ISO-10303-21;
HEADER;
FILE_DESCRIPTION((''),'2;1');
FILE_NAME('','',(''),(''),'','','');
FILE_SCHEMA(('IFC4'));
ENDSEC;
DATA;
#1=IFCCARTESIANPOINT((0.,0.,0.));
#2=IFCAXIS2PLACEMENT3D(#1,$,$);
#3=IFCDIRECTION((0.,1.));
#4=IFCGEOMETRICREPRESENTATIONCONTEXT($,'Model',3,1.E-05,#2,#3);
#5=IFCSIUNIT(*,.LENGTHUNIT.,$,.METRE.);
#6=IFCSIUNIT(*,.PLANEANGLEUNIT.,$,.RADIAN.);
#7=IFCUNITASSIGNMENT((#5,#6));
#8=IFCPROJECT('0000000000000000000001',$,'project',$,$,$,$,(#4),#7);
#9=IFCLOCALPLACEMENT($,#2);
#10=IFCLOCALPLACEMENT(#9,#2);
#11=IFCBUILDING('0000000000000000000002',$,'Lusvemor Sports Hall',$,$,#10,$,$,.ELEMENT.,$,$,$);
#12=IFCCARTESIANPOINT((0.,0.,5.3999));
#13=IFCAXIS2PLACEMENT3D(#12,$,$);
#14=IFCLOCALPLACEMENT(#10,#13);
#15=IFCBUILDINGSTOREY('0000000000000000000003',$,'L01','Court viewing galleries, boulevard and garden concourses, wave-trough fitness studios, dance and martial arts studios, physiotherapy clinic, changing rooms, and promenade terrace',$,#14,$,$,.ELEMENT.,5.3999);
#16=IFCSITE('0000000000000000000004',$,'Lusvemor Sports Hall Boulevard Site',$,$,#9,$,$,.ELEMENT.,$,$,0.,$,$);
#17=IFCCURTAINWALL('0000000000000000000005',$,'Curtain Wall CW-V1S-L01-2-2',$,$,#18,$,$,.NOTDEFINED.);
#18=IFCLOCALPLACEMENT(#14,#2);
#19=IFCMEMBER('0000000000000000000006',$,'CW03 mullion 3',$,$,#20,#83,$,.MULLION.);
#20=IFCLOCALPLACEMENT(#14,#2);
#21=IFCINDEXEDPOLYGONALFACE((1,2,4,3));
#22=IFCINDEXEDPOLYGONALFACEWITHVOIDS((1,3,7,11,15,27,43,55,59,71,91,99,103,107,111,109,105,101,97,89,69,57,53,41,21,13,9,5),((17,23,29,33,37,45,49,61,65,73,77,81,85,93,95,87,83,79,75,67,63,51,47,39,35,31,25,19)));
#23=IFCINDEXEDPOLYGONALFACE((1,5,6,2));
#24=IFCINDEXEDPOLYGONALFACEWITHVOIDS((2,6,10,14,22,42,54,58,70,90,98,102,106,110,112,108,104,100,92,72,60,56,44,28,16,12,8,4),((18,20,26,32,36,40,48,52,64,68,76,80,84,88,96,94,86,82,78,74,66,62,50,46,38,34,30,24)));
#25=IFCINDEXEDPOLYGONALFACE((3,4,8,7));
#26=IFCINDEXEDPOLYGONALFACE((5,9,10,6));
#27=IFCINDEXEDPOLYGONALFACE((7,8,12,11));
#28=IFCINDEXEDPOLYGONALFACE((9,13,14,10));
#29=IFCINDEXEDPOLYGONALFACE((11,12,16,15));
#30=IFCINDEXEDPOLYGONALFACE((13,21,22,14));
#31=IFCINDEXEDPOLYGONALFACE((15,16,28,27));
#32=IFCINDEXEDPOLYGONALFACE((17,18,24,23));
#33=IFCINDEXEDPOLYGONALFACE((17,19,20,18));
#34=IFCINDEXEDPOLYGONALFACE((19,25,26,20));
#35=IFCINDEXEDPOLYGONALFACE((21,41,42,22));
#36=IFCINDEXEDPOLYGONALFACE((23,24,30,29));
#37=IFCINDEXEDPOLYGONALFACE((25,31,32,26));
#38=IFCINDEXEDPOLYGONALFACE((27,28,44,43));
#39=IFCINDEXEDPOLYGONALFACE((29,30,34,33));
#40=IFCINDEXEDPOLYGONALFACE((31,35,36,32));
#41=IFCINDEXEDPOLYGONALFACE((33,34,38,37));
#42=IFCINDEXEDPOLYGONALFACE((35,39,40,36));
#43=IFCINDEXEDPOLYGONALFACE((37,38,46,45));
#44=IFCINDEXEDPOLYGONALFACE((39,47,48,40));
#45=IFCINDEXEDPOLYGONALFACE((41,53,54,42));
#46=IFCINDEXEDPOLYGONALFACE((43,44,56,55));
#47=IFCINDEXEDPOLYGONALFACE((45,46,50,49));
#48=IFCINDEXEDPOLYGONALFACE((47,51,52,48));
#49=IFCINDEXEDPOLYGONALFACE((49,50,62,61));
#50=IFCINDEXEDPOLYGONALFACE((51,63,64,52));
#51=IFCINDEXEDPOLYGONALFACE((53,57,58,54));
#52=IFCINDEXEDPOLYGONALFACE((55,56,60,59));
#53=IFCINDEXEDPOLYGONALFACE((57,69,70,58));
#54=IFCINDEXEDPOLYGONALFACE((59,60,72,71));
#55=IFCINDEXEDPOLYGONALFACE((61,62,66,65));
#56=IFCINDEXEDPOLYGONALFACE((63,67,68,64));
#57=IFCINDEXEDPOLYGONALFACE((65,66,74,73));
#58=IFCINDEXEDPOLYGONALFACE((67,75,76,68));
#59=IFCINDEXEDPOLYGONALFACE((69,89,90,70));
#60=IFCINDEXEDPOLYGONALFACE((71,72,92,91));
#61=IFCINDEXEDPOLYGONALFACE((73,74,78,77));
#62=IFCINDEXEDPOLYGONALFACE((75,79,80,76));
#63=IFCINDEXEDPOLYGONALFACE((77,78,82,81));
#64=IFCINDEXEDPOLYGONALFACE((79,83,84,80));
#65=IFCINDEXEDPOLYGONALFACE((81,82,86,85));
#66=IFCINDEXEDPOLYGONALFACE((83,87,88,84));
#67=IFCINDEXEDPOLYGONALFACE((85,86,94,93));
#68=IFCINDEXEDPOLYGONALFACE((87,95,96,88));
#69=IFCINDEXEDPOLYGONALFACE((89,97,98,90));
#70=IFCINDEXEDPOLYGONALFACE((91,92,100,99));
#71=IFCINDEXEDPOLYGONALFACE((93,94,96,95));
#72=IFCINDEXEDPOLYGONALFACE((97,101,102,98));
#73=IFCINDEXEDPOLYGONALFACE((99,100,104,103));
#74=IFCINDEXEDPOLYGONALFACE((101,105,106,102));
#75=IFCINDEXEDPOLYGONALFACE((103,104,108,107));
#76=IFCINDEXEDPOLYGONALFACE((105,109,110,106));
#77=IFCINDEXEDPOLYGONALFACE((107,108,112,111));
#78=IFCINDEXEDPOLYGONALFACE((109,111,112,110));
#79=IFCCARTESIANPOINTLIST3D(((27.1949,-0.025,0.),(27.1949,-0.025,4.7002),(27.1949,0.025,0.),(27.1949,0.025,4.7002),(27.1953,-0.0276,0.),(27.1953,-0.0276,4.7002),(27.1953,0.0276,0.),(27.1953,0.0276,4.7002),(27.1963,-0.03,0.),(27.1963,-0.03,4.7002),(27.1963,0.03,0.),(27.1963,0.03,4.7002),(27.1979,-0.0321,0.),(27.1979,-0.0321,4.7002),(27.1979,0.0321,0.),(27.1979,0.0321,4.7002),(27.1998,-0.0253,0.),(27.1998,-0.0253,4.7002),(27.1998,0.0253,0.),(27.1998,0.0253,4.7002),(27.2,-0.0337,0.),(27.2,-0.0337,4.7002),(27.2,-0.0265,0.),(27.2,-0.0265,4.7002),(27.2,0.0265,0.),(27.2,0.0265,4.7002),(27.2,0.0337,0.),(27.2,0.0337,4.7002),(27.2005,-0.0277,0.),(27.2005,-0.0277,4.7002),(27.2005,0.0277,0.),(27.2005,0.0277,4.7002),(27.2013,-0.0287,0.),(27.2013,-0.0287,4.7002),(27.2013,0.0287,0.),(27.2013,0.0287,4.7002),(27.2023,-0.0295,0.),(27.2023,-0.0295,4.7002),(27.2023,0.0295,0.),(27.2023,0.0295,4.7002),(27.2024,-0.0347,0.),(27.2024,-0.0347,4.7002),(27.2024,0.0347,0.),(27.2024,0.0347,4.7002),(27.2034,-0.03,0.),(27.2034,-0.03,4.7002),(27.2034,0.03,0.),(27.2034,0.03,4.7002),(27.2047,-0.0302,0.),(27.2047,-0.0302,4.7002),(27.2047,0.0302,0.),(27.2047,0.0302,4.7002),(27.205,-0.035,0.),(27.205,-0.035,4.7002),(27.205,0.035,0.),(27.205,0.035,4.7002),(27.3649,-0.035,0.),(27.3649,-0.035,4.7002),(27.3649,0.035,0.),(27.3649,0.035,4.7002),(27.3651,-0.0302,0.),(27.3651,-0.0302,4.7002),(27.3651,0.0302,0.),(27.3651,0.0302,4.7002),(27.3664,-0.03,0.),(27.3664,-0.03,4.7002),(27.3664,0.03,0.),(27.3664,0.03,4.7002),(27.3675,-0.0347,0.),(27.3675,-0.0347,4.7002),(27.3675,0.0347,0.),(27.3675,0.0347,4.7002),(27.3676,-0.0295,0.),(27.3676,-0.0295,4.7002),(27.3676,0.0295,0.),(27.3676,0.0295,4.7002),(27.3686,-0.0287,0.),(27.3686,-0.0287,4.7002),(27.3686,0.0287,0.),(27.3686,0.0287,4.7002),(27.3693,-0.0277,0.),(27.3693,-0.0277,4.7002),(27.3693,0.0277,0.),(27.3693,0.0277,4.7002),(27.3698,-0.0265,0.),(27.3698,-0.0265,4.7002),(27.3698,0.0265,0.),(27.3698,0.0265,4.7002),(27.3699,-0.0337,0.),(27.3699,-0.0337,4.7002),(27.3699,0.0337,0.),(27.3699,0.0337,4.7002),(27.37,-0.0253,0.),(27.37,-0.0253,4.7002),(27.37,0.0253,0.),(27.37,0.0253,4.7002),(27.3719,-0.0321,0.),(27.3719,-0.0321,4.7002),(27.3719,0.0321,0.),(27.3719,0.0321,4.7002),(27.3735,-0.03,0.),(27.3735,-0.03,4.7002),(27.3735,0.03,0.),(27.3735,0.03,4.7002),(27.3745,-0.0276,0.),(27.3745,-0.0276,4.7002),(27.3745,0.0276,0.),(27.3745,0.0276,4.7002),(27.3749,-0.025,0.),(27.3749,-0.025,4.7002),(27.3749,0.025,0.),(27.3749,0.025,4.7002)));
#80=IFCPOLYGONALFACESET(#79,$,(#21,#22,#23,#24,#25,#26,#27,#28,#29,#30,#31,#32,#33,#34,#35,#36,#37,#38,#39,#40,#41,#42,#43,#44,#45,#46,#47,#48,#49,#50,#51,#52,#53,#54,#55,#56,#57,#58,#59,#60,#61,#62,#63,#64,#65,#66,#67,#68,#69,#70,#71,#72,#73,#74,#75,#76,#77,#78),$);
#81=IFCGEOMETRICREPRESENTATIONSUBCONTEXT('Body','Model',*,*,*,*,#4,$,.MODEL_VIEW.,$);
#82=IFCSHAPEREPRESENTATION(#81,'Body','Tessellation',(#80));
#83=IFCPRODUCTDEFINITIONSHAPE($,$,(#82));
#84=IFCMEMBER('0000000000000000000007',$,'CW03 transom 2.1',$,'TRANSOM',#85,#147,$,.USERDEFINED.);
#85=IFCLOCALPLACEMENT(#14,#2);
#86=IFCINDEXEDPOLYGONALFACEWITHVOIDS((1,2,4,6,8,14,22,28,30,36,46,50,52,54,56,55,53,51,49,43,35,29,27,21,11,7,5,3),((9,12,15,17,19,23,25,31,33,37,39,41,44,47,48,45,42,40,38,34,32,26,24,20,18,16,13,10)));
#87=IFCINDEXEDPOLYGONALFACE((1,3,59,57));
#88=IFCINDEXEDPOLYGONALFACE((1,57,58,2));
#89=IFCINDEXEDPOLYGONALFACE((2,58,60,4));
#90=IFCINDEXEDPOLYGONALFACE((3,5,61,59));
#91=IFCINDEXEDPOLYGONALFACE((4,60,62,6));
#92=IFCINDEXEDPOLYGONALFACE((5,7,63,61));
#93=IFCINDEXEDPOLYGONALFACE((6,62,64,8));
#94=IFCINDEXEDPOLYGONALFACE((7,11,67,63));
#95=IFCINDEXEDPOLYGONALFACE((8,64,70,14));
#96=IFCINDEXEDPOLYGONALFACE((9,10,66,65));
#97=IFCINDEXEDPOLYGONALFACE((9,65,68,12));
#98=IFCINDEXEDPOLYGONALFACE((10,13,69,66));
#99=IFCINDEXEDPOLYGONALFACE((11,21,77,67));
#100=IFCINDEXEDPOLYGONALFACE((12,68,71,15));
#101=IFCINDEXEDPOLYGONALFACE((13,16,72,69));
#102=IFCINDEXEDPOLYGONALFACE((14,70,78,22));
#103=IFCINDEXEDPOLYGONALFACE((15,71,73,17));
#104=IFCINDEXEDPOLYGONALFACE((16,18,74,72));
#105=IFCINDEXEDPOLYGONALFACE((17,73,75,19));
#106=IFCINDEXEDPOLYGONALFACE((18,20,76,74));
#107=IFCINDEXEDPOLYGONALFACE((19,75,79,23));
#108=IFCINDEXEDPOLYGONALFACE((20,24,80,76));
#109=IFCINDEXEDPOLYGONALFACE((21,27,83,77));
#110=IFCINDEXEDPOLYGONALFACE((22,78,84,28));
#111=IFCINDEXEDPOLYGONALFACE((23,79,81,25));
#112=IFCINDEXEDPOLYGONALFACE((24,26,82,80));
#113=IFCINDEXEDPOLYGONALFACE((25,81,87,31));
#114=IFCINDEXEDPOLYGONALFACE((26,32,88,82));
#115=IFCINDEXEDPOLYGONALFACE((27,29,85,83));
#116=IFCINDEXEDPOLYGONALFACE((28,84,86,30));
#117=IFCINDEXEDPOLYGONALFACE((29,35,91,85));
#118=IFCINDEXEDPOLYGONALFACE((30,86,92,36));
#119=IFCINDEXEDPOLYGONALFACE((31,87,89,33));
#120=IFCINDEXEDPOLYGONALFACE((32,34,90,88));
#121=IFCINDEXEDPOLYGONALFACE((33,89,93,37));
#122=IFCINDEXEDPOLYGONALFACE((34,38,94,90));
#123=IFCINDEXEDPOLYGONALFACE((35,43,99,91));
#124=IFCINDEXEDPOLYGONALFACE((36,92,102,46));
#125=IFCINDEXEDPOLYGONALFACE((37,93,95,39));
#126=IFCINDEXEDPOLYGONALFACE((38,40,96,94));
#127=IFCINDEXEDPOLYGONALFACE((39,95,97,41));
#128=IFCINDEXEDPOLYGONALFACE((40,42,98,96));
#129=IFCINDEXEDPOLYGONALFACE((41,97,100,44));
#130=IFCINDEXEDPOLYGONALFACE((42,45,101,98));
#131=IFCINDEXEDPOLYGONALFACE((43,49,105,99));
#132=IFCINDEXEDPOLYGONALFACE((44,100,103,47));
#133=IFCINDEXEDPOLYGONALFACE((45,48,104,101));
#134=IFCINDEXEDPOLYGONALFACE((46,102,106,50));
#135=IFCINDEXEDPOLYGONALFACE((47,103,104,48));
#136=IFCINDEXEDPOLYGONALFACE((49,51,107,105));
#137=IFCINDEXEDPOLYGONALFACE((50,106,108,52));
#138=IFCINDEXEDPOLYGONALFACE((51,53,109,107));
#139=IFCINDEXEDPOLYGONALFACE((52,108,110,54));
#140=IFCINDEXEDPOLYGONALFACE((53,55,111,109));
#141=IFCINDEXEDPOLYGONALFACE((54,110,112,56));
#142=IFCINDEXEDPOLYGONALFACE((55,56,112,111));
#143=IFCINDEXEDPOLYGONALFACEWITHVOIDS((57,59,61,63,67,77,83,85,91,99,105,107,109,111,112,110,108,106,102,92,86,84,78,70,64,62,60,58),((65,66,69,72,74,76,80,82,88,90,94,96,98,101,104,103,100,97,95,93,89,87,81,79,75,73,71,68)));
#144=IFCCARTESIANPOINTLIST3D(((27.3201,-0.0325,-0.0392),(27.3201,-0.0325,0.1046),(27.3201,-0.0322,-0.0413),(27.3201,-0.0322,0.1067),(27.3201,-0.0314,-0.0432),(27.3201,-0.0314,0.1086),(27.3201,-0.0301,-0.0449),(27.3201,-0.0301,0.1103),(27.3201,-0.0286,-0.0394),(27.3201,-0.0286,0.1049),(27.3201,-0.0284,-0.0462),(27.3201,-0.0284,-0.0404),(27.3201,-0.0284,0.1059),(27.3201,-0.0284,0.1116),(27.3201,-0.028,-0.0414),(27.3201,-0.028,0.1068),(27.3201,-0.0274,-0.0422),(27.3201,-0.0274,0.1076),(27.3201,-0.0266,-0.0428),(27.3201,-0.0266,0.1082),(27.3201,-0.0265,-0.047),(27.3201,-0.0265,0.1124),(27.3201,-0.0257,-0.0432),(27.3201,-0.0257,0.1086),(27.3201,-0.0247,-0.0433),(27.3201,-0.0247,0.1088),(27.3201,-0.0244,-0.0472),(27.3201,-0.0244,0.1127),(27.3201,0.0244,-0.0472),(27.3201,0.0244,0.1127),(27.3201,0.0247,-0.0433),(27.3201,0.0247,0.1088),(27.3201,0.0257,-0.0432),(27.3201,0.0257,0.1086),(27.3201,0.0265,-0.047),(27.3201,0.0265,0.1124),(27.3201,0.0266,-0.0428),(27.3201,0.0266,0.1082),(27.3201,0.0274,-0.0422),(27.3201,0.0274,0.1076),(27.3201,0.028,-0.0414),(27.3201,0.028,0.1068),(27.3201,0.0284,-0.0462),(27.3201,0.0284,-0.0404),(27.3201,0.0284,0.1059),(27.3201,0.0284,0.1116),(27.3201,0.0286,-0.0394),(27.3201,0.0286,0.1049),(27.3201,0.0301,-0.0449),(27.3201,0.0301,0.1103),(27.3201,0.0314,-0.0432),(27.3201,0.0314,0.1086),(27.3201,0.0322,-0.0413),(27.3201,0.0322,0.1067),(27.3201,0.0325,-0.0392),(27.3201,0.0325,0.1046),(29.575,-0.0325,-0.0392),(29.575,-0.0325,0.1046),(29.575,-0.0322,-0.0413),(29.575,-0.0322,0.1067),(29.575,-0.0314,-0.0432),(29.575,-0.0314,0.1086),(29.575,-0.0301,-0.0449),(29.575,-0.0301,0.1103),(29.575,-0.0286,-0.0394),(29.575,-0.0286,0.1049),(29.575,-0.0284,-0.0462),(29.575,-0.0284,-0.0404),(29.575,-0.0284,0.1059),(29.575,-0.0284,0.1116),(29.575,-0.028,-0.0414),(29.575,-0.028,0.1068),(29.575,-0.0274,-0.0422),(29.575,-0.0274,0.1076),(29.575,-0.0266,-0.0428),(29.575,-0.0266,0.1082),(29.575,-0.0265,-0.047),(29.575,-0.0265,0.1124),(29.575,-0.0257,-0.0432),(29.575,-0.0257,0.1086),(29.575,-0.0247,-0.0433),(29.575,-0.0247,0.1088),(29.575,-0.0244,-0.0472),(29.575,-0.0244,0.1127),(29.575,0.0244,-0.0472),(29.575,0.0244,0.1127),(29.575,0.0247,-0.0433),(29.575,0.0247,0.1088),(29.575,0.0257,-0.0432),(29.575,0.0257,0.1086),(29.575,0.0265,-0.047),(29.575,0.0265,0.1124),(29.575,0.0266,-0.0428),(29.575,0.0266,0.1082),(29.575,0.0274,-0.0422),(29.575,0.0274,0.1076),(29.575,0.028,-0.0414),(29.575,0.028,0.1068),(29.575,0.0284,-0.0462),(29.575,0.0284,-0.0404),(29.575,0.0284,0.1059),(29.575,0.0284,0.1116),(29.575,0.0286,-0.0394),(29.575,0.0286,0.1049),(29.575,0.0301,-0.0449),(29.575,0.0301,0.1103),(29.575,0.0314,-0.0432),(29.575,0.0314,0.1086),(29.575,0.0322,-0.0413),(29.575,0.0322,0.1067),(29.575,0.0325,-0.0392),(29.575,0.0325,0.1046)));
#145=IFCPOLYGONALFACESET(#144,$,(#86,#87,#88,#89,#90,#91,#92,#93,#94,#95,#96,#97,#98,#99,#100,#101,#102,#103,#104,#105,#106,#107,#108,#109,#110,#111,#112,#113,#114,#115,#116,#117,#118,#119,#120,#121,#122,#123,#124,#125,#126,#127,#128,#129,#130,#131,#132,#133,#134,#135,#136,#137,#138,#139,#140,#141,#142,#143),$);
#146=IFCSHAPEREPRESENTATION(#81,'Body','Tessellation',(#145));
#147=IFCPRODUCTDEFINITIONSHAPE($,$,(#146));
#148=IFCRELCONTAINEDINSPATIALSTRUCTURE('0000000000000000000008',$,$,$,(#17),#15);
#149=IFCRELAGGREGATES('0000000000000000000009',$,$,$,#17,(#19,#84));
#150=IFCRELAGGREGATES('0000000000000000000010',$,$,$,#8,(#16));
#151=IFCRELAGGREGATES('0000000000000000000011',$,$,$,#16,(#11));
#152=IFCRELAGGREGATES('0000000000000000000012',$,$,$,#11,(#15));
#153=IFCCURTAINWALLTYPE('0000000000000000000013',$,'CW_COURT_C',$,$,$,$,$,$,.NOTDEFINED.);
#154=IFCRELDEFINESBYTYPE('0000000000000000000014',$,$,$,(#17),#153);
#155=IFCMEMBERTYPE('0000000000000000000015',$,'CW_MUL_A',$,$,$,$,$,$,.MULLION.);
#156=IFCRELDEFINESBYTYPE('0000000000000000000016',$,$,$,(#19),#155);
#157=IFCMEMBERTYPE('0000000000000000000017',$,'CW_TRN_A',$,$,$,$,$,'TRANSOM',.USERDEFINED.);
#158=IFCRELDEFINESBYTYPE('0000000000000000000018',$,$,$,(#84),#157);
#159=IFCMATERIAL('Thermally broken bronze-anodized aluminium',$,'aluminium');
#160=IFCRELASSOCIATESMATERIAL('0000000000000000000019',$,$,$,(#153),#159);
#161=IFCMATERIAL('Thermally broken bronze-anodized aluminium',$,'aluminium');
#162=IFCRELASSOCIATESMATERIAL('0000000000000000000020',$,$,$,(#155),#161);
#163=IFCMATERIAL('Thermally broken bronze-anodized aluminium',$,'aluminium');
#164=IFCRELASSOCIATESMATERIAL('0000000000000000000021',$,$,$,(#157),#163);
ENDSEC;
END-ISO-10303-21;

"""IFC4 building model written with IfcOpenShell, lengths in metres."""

from ifc_helpers import new_model, si_unit, direction, frame, origin, origin_2d, place, context, subcontext, project, spatial, hollow_rectangle, extrude, material, material_profile, profile_set, type_object, element, aggregate, save


model = new_model("IFC4")

# Units and contexts
model_context = context("Model", 3, precision=1e-05, world=origin(), true_north=direction((0.0, 1.0)))
body_context = subcontext(model_context, "Body", "Model", "MODEL_VIEW")
ifc_project = project(units=[si_unit("LENGTHUNIT", "METRE"), si_unit("PLANEANGLEUNIT", "RADIAN")], contexts=[model_context])

# Site, building, storey
site_placement = place(None, origin())
site = spatial("IfcSite", under=ifc_project, at=site_placement, Name="Lusvemor Sports Hall Boulevard Site", CompositionType="ELEMENT", RefElevation=0.0)
building_placement = place(site_placement, origin())
building = spatial("IfcBuilding", under=site, at=building_placement, Name="Lusvemor Sports Hall", CompositionType="ELEMENT")
storey_placement = place(building_placement, frame((0.0, 0.0, 5.3999)))
storey = spatial("IfcBuildingStorey", under=building, at=storey_placement, Name="L01", Description="Court viewing galleries, boulevard and garden concourses, wave-trough fitness studios, dance and martial arts studios, physiotherapy clinic, changing rooms, and promenade terrace", CompositionType="ELEMENT", Elevation=5.3999)

# Curtain wall, members
ifc_material_1 = material(Name="Thermally broken bronze-anodized aluminium", Category="aluminium")
curtain_wall_type = type_object("IfcCurtainWallType", Name="CW_COURT_C", PredefinedType="NOTDEFINED", material=ifc_material_1)
curtain_wall_placement = place(storey_placement, origin())
curtain_wall = element("IfcCurtainWall", 1, at=curtain_wall_placement, inside=storey, type_object=curtain_wall_type, Name="Curtain Wall CW-V1S-L01-2-2", PredefinedType="NOTDEFINED")
ifc_material_2 = material(Name="Thermally broken bronze-anodized aluminium", Category="aluminium")
ifc_material_profile_1 = material_profile(ifc_material_2, hollow_rectangle(XDim=0.0701, YDim=0.1799, WallThickness=0.0049, InnerFilletRadius=0.0049, OuterFilletRadius=0.01, at=origin_2d()), Name="CWMUL180x70x5")
ifc_profile_set_1 = profile_set([ifc_material_profile_1], Name="Thermally broken bronze-anodized aluminium")
member_type_1 = type_object("IfcMemberType", Name="CW_MUL_A", PredefinedType="MULLION", material=ifc_profile_set_1)
member_1_placement = place(storey_placement, frame((27.2849, 0.0, 0.0), z_axis=(0.0, 0.0, 1.0), x_axis=(0.0, -1.0, 0.0)))
member_1 = element("IfcMember", 2, at=member_1_placement, type_object=member_type_1, Name="CW03 mullion 3", PredefinedType="MULLION", context=body_context, shape_type="SweptSolid", body=[
    extrude(hollow_rectangle(XDim=0.0701, YDim=0.1799, WallThickness=0.0049, InnerFilletRadius=0.0049, OuterFilletRadius=0.01, at=origin_2d()), origin(), (0.0, 0.0, 1.0), 4.7002),
])
ifc_material_3 = material(Name="Thermally broken bronze-anodized aluminium", Category="aluminium")
ifc_material_profile_2 = material_profile(ifc_material_3, hollow_rectangle(XDim=0.0649, YDim=0.1599, WallThickness=0.0039, InnerFilletRadius=0.0039, OuterFilletRadius=0.0081, at=origin_2d()), Name="CWTRN160x65x4")
ifc_profile_set_2 = profile_set([ifc_material_profile_2], Name="Thermally broken bronze-anodized aluminium")
member_type_2 = type_object("IfcMemberType", Name="CW_TRN_A", ElementType="TRANSOM", PredefinedType="USERDEFINED", material=ifc_profile_set_2)
member_2_placement = place(storey_placement, frame((29.575, 0.0, 0.0327), z_axis=(-1.0, 0.0, 0.0), x_axis=(0.0, -1.0, 0.0)))
member_2 = element("IfcMember", 3, at=member_2_placement, type_object=member_type_2, Name="CW03 transom 2.1", ObjectType="TRANSOM", PredefinedType="USERDEFINED", context=body_context, shape_type="SweptSolid", body=[
    extrude(hollow_rectangle(XDim=0.0649, YDim=0.1599, WallThickness=0.0039, InnerFilletRadius=0.0039, OuterFilletRadius=0.0081, at=origin_2d()), origin(), (0.0, 0.0, 1.0), 2.2549),
])

aggregate(curtain_wall, [member_1, member_2])

save(model, "model.ifc")
